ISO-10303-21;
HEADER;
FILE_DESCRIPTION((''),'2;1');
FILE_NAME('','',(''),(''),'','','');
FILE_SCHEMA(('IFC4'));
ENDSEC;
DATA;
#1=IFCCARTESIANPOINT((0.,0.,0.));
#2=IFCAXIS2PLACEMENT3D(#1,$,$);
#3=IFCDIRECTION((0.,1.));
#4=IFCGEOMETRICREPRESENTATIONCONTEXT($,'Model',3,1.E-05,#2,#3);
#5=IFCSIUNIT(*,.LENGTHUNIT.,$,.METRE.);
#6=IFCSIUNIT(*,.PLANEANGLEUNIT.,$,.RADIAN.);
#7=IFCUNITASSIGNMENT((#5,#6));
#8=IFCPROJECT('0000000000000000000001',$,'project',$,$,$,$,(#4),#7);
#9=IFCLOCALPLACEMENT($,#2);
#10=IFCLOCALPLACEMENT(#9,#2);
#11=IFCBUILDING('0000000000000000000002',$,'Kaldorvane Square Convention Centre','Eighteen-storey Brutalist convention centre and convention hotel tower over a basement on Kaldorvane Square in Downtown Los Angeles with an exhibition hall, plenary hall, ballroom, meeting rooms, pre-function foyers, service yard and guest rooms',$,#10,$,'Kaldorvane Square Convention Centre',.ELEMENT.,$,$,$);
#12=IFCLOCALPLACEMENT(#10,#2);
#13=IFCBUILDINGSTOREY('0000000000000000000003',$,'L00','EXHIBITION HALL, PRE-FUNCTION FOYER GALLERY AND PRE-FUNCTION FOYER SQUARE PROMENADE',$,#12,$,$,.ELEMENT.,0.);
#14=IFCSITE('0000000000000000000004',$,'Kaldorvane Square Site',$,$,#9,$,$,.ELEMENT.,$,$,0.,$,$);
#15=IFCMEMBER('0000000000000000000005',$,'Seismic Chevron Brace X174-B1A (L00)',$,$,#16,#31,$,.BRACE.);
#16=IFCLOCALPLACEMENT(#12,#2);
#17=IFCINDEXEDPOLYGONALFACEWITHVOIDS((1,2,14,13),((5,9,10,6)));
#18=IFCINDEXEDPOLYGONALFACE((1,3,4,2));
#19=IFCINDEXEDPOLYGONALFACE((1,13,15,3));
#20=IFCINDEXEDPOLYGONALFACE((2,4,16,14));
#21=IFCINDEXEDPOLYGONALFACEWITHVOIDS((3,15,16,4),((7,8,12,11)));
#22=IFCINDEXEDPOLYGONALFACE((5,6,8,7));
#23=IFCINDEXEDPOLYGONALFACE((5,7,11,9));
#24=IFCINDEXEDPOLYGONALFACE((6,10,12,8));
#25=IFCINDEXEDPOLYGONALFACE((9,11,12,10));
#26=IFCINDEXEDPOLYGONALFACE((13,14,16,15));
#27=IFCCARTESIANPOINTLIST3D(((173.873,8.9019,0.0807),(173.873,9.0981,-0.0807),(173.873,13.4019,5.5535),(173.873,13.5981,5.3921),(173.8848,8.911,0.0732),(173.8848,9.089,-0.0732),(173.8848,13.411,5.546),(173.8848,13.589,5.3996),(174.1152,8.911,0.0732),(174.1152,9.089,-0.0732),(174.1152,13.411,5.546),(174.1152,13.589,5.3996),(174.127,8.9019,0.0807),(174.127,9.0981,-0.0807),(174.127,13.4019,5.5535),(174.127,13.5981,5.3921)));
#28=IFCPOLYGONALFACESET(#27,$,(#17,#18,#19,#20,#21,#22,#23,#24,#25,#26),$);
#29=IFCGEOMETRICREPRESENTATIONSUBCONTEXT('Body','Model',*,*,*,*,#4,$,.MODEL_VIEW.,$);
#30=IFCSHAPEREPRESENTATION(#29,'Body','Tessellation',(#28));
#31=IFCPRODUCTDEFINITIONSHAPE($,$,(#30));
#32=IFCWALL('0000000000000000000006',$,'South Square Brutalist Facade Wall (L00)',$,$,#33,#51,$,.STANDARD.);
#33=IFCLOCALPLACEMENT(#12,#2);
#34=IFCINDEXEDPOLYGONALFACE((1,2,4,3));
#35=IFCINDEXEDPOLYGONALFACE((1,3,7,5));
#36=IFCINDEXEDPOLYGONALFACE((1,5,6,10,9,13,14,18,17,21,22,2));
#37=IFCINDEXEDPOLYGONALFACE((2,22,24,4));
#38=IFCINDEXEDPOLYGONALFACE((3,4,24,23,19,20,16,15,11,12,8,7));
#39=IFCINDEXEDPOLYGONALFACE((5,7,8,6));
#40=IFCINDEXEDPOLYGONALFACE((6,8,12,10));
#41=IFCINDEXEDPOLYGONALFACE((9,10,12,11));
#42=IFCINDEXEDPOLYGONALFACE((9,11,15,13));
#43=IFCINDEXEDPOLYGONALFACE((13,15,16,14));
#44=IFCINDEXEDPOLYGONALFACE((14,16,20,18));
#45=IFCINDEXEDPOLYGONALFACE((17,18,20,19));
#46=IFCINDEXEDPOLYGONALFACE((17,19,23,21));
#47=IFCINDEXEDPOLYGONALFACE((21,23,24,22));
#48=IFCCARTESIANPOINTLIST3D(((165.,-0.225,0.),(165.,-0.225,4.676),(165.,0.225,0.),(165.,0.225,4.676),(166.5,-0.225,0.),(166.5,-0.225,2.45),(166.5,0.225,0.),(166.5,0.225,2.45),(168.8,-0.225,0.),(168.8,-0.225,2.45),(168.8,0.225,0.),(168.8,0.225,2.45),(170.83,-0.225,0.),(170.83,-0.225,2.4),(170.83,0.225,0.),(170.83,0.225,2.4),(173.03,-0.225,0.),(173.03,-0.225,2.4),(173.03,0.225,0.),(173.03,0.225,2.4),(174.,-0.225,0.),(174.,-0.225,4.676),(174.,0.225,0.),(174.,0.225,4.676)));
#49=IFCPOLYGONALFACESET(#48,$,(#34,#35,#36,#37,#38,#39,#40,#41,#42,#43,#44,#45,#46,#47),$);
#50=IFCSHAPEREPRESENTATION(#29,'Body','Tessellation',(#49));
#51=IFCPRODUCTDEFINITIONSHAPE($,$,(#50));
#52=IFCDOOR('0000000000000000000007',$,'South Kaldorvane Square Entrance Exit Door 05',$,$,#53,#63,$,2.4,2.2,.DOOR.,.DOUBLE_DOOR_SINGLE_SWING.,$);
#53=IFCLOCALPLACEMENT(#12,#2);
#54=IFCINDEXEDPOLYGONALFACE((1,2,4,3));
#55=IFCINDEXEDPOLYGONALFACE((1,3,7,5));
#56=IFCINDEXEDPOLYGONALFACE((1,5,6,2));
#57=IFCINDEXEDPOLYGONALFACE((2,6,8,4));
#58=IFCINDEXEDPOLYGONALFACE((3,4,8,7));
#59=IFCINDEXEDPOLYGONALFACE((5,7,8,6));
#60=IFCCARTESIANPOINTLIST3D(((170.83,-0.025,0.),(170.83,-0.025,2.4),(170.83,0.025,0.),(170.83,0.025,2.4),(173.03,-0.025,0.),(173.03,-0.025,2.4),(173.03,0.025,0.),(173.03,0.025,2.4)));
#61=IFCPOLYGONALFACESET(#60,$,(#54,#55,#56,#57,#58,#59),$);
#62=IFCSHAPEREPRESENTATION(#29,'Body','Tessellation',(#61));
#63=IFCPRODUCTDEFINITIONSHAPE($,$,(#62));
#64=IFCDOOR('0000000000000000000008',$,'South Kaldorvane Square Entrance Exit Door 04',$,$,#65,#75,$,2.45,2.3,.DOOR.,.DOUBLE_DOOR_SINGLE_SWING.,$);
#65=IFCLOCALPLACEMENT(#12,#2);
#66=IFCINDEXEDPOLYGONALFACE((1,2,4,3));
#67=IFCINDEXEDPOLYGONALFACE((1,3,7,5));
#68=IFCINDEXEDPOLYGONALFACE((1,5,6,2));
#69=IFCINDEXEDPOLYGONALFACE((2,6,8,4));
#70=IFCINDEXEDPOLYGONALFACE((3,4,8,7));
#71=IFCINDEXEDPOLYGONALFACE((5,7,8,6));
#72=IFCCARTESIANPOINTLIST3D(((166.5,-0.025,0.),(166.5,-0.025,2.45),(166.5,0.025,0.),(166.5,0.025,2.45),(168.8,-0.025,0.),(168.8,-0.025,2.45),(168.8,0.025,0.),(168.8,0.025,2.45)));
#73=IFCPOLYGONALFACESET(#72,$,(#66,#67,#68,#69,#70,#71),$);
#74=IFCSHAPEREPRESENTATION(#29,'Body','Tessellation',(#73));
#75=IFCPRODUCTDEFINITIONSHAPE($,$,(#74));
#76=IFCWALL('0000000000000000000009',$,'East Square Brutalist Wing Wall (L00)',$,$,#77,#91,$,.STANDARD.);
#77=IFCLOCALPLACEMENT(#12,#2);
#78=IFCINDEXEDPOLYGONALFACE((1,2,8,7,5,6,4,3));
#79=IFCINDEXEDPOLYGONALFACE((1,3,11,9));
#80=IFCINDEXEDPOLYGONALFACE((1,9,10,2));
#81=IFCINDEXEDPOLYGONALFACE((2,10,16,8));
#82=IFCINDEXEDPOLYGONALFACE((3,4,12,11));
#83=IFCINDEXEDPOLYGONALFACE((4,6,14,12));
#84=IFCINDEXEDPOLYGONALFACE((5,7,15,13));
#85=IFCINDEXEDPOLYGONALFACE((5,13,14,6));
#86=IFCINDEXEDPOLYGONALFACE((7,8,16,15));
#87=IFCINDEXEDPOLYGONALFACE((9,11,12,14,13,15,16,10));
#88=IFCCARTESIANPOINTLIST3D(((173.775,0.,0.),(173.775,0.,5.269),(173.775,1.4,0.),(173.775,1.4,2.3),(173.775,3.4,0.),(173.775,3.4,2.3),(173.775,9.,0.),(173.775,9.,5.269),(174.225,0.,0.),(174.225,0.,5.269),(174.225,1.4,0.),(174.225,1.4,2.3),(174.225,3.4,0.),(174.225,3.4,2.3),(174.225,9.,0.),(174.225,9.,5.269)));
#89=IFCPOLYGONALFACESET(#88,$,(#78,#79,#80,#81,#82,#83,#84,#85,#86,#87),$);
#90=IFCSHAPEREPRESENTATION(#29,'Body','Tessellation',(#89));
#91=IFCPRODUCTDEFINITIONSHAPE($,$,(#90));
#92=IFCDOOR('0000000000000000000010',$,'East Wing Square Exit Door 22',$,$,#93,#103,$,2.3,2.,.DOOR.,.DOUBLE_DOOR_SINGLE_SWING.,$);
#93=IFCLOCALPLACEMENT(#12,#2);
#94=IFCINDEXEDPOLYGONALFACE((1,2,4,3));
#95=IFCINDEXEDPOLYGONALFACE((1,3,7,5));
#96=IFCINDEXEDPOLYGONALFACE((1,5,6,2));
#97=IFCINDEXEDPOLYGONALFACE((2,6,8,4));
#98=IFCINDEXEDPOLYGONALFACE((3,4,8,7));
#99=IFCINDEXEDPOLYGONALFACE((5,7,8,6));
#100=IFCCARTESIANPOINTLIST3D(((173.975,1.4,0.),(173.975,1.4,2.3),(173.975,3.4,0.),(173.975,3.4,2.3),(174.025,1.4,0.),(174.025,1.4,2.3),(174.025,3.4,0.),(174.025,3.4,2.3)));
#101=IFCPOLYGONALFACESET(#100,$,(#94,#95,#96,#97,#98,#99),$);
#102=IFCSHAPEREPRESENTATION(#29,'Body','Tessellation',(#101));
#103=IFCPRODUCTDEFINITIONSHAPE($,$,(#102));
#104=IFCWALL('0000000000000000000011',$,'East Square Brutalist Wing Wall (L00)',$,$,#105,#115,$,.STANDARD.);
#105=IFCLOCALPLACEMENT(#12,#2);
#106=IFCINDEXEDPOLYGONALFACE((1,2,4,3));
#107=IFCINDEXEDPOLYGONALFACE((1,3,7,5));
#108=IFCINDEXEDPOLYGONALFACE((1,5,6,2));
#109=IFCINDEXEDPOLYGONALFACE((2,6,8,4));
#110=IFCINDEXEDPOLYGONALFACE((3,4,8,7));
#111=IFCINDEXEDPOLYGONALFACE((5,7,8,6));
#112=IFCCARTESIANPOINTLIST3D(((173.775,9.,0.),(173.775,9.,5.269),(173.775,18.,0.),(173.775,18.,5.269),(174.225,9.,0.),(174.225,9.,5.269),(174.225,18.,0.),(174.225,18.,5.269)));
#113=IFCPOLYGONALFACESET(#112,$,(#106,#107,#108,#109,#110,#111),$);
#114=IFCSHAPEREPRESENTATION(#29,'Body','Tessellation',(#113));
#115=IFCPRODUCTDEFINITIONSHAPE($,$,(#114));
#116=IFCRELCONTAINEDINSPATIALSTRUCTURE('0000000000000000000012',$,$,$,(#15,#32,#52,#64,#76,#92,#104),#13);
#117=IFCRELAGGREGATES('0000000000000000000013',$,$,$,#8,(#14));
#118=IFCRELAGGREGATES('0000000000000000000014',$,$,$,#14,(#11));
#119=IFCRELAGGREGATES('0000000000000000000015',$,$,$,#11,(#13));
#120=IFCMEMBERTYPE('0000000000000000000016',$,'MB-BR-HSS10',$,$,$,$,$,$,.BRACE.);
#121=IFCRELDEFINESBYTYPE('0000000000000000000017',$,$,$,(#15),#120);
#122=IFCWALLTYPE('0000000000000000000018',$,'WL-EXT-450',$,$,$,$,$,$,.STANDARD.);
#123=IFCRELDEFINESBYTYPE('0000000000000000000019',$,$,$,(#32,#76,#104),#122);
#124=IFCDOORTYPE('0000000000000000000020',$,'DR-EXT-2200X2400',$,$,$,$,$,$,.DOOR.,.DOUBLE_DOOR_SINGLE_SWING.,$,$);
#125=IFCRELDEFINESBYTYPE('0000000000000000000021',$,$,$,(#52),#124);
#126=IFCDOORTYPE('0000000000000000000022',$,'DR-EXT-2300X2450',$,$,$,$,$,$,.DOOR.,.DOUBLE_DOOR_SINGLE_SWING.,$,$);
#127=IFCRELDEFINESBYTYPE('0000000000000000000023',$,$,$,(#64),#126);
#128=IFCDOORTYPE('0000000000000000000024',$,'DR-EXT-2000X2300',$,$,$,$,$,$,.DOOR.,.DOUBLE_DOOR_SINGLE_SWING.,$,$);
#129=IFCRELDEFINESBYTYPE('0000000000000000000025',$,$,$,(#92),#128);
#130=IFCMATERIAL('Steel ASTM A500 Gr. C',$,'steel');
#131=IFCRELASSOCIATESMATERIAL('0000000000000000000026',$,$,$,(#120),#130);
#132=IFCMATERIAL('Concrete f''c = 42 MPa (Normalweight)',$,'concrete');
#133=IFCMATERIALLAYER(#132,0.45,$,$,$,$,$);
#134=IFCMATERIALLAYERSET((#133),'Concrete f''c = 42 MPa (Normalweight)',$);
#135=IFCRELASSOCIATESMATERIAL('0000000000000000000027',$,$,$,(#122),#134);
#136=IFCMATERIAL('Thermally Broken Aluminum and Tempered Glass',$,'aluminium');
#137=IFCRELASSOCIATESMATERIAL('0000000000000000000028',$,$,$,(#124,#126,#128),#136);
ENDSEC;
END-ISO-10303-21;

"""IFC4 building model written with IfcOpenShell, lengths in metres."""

from ifc_helpers import new_model, si_unit, direction, frame, frame_2d, origin, origin_2d, place, context, subcontext, project, spatial, rectangle, hollow_rectangle, extrude, material, layer, layer_set, material_profile, profile_set, type_object, element, fill, save


model = new_model("IFC4")

# Units and contexts
model_context = context("Model", 3, precision=1e-05, world=origin(), true_north=direction((0.0, 1.0)))
body_context = subcontext(model_context, "Body", "Model", "MODEL_VIEW")
ifc_project = project(units=[si_unit("LENGTHUNIT", "METRE"), si_unit("PLANEANGLEUNIT", "RADIAN")], contexts=[model_context])

# Site, building, storey
site_placement = place(None, origin())
site = spatial("IfcSite", under=ifc_project, at=site_placement, Name="Kaldorvane Square Site", CompositionType="ELEMENT", RefElevation=0.0)
building_placement = place(site_placement, origin())
building = spatial("IfcBuilding", under=site, at=building_placement, Name="Kaldorvane Square Convention Centre", Description="Eighteen-storey Brutalist convention centre and convention hotel tower over a basement on Kaldorvane Square in Downtown Los Angeles with an exhibition hall, plenary hall, ballroom, meeting rooms, pre-function foyers, service yard and guest rooms", LongName="Kaldorvane Square Convention Centre", CompositionType="ELEMENT")
storey_placement = place(building_placement, origin())
storey = spatial("IfcBuildingStorey", under=building, at=storey_placement, Name="L00", Description="EXHIBITION HALL, PRE-FUNCTION FOYER GALLERY AND PRE-FUNCTION FOYER SQUARE PROMENADE", CompositionType="ELEMENT", Elevation=0.0)

# Shared definitions
ifc_material_1 = material(Name="Steel ASTM A500 Gr. C", Category="steel")
ifc_material_2 = material(Name="Concrete f'c = 42 MPa (Normalweight)", Category="concrete")

# Member
ifc_material_profile_1 = material_profile(ifc_material_1, hollow_rectangle(XDim=0.254, YDim=0.254, WallThickness=0.0118, at=origin_2d()), Name="HSS10X10X1/2")
ifc_profile_set_1 = profile_set([ifc_material_profile_1], Name="Steel ASTM A500 Gr. C")
member_type = type_object("IfcMemberType", Name="MB-BR-HSS10", PredefinedType="BRACE", material=ifc_profile_set_1)
member_placement = place(storey_placement, frame((174.0, 9.0, 0.0), z_axis=(0.0, 0.635118, 0.772415), x_axis=(-1.0, 0.0, 0.0)))
element("IfcMember", 1, at=member_placement, inside=storey, type_object=member_type, Name="Seismic Chevron Brace X174-B1A (L00)", PredefinedType="BRACE", context=body_context, shape_type="SweptSolid", body=[
    extrude(hollow_rectangle(XDim=0.254, YDim=0.254, WallThickness=0.0118, at=origin_2d()), origin(), (0.0, 0.0, 1.0), 7.0853),
])

# Wall, openings, doors
ifc_layer = layer(ifc_material_2, 0.45)
ifc_layer_set = layer_set([ifc_layer], Name="Concrete f'c = 42 MPa (Normalweight)")
wall_type = type_object("IfcWallType", Name="WL-EXT-450", PredefinedType="STANDARD", material=ifc_layer_set)
wall_1_placement = place(storey_placement, frame((165.0, 0.0, 0.0), z_axis=(0.0, 0.0, 1.0), x_axis=(1.0, 0.0, 0.0)))
wall_1 = element("IfcWall", 2, at=wall_1_placement, inside=storey, type_object=wall_type, Name="South Square Brutalist Facade Wall (L00)", PredefinedType="STANDARD", context=body_context, shape_type="SweptSolid", body=[
    extrude(rectangle(XDim=9.0, YDim=0.45, at=frame_2d((4.5, 0.0))), origin(), (0.0, 0.0, 1.0), 4.676),
])
opening_1_placement = place(wall_1_placement, frame((1.5, 0.0, 0.0)))
opening_1 = element("IfcOpeningElement", 3, at=opening_1_placement, cuts=wall_1, PredefinedType="OPENING", context=body_context, shape_type="SweptSolid", body=[
    extrude(rectangle(XDim=2.3, YDim=2.45, at=frame_2d((1.15, 1.225))), frame((0.0, 0.24, 0.0), z_axis=(0.0, -1.0, 0.0), x_axis=(1.0, 0.0, 0.0)), (0.0, 0.0, 1.0), 0.48),
])
opening_2_placement = place(wall_1_placement, frame((5.83, 0.0, 0.0)))
opening_2 = element("IfcOpeningElement", 4, at=opening_2_placement, cuts=wall_1, PredefinedType="OPENING", context=body_context, shape_type="SweptSolid", body=[
    extrude(rectangle(XDim=2.2, YDim=2.4, at=frame_2d((1.1, 1.2))), frame((0.0, 0.24, 0.0), z_axis=(0.0, -1.0, 0.0), x_axis=(1.0, 0.0, 0.0)), (0.0, 0.0, 1.0), 0.48),
])
ifc_material_3 = material(Name="Thermally Broken Aluminum and Tempered Glass", Category="aluminium")
door_type_1 = type_object("IfcDoorType", Name="DR-EXT-2200X2400", OperationType="DOUBLE_DOOR_SINGLE_SWING", PredefinedType="DOOR", material=ifc_material_3)
door_1_placement = place(opening_2_placement, origin())
door_1 = element("IfcDoor", 5, at=door_1_placement, inside=storey, type_object=door_type_1, Name="South Kaldorvane Square Entrance Exit Door 05", OperationType="DOUBLE_DOOR_SINGLE_SWING", OverallHeight=2.4, OverallWidth=2.2, PredefinedType="DOOR", context=body_context, shape_type="SweptSolid", body=[
    extrude(rectangle(XDim=2.2, YDim=2.4, at=frame_2d((1.1, 1.2))), frame((0.0, 0.025, 0.0), z_axis=(0.0, -1.0, 0.0), x_axis=(1.0, 0.0, 0.0)), (0.0, 0.0, 1.0), 0.05),
])
fill(opening_2, door_1)
door_type_2 = type_object("IfcDoorType", Name="DR-EXT-2300X2450", OperationType="DOUBLE_DOOR_SINGLE_SWING", PredefinedType="DOOR", material=ifc_material_3)
door_2_placement = place(opening_1_placement, origin())
door_2 = element("IfcDoor", 6, at=door_2_placement, inside=storey, type_object=door_type_2, Name="South Kaldorvane Square Entrance Exit Door 04", OperationType="DOUBLE_DOOR_SINGLE_SWING", OverallHeight=2.45, OverallWidth=2.3, PredefinedType="DOOR", context=body_context, shape_type="SweptSolid", body=[
    extrude(rectangle(XDim=2.3, YDim=2.45, at=frame_2d((1.15, 1.225))), frame((0.0, 0.025, 0.0), z_axis=(0.0, -1.0, 0.0), x_axis=(1.0, 0.0, 0.0)), (0.0, 0.0, 1.0), 0.05),
])
fill(opening_1, door_2)

# Wall, opening, door
wall_2_placement = place(storey_placement, frame((174.0, 0.0, 0.0), z_axis=(0.0, 0.0, 1.0), x_axis=(0.0, 1.0, 0.0)))
wall_2 = element("IfcWall", 7, at=wall_2_placement, inside=storey, type_object=wall_type, Name="East Square Brutalist Wing Wall (L00)", PredefinedType="STANDARD", context=body_context, shape_type="SweptSolid", body=[
    extrude(rectangle(XDim=9.0, YDim=0.45, at=frame_2d((4.5, 0.0))), origin(), (0.0, 0.0, 1.0), 5.269),
])
opening_3_placement = place(wall_2_placement, frame((1.4, 0.0, 0.0)))
opening_3 = element("IfcOpeningElement", 8, at=opening_3_placement, cuts=wall_2, PredefinedType="OPENING", context=body_context, shape_type="SweptSolid", body=[
    extrude(rectangle(XDim=2.0, YDim=2.3, at=frame_2d((1.0, 1.15))), frame((0.0, 0.24, 0.0), z_axis=(0.0, -1.0, 0.0), x_axis=(1.0, 0.0, 0.0)), (0.0, 0.0, 1.0), 0.48),
])
door_type_3 = type_object("IfcDoorType", Name="DR-EXT-2000X2300", OperationType="DOUBLE_DOOR_SINGLE_SWING", PredefinedType="DOOR", material=ifc_material_3)
door_3_placement = place(opening_3_placement, origin())
door_3 = element("IfcDoor", 9, at=door_3_placement, inside=storey, type_object=door_type_3, Name="East Wing Square Exit Door 22", OperationType="DOUBLE_DOOR_SINGLE_SWING", OverallHeight=2.3, OverallWidth=2.0, PredefinedType="DOOR", context=body_context, shape_type="SweptSolid", body=[
    extrude(rectangle(XDim=2.0, YDim=2.3, at=frame_2d((1.0, 1.15))), frame((0.0, 0.025, 0.0), z_axis=(0.0, -1.0, 0.0), x_axis=(1.0, 0.0, 0.0)), (0.0, 0.0, 1.0), 0.05),
])
fill(opening_3, door_3)

# Wall
wall_3_placement = place(storey_placement, frame((174.0, 9.0, 0.0), z_axis=(0.0, 0.0, 1.0), x_axis=(0.0, 1.0, 0.0)))
element("IfcWall", 10, at=wall_3_placement, inside=storey, type_object=wall_type, Name="East Square Brutalist Wing Wall (L00)", PredefinedType="STANDARD", context=body_context, shape_type="SweptSolid", body=[
    extrude(rectangle(XDim=9.0, YDim=0.45, at=frame_2d((4.5, 0.0))), origin(), (0.0, 0.0, 1.0), 5.269),
])

save(model, "model.ifc")
